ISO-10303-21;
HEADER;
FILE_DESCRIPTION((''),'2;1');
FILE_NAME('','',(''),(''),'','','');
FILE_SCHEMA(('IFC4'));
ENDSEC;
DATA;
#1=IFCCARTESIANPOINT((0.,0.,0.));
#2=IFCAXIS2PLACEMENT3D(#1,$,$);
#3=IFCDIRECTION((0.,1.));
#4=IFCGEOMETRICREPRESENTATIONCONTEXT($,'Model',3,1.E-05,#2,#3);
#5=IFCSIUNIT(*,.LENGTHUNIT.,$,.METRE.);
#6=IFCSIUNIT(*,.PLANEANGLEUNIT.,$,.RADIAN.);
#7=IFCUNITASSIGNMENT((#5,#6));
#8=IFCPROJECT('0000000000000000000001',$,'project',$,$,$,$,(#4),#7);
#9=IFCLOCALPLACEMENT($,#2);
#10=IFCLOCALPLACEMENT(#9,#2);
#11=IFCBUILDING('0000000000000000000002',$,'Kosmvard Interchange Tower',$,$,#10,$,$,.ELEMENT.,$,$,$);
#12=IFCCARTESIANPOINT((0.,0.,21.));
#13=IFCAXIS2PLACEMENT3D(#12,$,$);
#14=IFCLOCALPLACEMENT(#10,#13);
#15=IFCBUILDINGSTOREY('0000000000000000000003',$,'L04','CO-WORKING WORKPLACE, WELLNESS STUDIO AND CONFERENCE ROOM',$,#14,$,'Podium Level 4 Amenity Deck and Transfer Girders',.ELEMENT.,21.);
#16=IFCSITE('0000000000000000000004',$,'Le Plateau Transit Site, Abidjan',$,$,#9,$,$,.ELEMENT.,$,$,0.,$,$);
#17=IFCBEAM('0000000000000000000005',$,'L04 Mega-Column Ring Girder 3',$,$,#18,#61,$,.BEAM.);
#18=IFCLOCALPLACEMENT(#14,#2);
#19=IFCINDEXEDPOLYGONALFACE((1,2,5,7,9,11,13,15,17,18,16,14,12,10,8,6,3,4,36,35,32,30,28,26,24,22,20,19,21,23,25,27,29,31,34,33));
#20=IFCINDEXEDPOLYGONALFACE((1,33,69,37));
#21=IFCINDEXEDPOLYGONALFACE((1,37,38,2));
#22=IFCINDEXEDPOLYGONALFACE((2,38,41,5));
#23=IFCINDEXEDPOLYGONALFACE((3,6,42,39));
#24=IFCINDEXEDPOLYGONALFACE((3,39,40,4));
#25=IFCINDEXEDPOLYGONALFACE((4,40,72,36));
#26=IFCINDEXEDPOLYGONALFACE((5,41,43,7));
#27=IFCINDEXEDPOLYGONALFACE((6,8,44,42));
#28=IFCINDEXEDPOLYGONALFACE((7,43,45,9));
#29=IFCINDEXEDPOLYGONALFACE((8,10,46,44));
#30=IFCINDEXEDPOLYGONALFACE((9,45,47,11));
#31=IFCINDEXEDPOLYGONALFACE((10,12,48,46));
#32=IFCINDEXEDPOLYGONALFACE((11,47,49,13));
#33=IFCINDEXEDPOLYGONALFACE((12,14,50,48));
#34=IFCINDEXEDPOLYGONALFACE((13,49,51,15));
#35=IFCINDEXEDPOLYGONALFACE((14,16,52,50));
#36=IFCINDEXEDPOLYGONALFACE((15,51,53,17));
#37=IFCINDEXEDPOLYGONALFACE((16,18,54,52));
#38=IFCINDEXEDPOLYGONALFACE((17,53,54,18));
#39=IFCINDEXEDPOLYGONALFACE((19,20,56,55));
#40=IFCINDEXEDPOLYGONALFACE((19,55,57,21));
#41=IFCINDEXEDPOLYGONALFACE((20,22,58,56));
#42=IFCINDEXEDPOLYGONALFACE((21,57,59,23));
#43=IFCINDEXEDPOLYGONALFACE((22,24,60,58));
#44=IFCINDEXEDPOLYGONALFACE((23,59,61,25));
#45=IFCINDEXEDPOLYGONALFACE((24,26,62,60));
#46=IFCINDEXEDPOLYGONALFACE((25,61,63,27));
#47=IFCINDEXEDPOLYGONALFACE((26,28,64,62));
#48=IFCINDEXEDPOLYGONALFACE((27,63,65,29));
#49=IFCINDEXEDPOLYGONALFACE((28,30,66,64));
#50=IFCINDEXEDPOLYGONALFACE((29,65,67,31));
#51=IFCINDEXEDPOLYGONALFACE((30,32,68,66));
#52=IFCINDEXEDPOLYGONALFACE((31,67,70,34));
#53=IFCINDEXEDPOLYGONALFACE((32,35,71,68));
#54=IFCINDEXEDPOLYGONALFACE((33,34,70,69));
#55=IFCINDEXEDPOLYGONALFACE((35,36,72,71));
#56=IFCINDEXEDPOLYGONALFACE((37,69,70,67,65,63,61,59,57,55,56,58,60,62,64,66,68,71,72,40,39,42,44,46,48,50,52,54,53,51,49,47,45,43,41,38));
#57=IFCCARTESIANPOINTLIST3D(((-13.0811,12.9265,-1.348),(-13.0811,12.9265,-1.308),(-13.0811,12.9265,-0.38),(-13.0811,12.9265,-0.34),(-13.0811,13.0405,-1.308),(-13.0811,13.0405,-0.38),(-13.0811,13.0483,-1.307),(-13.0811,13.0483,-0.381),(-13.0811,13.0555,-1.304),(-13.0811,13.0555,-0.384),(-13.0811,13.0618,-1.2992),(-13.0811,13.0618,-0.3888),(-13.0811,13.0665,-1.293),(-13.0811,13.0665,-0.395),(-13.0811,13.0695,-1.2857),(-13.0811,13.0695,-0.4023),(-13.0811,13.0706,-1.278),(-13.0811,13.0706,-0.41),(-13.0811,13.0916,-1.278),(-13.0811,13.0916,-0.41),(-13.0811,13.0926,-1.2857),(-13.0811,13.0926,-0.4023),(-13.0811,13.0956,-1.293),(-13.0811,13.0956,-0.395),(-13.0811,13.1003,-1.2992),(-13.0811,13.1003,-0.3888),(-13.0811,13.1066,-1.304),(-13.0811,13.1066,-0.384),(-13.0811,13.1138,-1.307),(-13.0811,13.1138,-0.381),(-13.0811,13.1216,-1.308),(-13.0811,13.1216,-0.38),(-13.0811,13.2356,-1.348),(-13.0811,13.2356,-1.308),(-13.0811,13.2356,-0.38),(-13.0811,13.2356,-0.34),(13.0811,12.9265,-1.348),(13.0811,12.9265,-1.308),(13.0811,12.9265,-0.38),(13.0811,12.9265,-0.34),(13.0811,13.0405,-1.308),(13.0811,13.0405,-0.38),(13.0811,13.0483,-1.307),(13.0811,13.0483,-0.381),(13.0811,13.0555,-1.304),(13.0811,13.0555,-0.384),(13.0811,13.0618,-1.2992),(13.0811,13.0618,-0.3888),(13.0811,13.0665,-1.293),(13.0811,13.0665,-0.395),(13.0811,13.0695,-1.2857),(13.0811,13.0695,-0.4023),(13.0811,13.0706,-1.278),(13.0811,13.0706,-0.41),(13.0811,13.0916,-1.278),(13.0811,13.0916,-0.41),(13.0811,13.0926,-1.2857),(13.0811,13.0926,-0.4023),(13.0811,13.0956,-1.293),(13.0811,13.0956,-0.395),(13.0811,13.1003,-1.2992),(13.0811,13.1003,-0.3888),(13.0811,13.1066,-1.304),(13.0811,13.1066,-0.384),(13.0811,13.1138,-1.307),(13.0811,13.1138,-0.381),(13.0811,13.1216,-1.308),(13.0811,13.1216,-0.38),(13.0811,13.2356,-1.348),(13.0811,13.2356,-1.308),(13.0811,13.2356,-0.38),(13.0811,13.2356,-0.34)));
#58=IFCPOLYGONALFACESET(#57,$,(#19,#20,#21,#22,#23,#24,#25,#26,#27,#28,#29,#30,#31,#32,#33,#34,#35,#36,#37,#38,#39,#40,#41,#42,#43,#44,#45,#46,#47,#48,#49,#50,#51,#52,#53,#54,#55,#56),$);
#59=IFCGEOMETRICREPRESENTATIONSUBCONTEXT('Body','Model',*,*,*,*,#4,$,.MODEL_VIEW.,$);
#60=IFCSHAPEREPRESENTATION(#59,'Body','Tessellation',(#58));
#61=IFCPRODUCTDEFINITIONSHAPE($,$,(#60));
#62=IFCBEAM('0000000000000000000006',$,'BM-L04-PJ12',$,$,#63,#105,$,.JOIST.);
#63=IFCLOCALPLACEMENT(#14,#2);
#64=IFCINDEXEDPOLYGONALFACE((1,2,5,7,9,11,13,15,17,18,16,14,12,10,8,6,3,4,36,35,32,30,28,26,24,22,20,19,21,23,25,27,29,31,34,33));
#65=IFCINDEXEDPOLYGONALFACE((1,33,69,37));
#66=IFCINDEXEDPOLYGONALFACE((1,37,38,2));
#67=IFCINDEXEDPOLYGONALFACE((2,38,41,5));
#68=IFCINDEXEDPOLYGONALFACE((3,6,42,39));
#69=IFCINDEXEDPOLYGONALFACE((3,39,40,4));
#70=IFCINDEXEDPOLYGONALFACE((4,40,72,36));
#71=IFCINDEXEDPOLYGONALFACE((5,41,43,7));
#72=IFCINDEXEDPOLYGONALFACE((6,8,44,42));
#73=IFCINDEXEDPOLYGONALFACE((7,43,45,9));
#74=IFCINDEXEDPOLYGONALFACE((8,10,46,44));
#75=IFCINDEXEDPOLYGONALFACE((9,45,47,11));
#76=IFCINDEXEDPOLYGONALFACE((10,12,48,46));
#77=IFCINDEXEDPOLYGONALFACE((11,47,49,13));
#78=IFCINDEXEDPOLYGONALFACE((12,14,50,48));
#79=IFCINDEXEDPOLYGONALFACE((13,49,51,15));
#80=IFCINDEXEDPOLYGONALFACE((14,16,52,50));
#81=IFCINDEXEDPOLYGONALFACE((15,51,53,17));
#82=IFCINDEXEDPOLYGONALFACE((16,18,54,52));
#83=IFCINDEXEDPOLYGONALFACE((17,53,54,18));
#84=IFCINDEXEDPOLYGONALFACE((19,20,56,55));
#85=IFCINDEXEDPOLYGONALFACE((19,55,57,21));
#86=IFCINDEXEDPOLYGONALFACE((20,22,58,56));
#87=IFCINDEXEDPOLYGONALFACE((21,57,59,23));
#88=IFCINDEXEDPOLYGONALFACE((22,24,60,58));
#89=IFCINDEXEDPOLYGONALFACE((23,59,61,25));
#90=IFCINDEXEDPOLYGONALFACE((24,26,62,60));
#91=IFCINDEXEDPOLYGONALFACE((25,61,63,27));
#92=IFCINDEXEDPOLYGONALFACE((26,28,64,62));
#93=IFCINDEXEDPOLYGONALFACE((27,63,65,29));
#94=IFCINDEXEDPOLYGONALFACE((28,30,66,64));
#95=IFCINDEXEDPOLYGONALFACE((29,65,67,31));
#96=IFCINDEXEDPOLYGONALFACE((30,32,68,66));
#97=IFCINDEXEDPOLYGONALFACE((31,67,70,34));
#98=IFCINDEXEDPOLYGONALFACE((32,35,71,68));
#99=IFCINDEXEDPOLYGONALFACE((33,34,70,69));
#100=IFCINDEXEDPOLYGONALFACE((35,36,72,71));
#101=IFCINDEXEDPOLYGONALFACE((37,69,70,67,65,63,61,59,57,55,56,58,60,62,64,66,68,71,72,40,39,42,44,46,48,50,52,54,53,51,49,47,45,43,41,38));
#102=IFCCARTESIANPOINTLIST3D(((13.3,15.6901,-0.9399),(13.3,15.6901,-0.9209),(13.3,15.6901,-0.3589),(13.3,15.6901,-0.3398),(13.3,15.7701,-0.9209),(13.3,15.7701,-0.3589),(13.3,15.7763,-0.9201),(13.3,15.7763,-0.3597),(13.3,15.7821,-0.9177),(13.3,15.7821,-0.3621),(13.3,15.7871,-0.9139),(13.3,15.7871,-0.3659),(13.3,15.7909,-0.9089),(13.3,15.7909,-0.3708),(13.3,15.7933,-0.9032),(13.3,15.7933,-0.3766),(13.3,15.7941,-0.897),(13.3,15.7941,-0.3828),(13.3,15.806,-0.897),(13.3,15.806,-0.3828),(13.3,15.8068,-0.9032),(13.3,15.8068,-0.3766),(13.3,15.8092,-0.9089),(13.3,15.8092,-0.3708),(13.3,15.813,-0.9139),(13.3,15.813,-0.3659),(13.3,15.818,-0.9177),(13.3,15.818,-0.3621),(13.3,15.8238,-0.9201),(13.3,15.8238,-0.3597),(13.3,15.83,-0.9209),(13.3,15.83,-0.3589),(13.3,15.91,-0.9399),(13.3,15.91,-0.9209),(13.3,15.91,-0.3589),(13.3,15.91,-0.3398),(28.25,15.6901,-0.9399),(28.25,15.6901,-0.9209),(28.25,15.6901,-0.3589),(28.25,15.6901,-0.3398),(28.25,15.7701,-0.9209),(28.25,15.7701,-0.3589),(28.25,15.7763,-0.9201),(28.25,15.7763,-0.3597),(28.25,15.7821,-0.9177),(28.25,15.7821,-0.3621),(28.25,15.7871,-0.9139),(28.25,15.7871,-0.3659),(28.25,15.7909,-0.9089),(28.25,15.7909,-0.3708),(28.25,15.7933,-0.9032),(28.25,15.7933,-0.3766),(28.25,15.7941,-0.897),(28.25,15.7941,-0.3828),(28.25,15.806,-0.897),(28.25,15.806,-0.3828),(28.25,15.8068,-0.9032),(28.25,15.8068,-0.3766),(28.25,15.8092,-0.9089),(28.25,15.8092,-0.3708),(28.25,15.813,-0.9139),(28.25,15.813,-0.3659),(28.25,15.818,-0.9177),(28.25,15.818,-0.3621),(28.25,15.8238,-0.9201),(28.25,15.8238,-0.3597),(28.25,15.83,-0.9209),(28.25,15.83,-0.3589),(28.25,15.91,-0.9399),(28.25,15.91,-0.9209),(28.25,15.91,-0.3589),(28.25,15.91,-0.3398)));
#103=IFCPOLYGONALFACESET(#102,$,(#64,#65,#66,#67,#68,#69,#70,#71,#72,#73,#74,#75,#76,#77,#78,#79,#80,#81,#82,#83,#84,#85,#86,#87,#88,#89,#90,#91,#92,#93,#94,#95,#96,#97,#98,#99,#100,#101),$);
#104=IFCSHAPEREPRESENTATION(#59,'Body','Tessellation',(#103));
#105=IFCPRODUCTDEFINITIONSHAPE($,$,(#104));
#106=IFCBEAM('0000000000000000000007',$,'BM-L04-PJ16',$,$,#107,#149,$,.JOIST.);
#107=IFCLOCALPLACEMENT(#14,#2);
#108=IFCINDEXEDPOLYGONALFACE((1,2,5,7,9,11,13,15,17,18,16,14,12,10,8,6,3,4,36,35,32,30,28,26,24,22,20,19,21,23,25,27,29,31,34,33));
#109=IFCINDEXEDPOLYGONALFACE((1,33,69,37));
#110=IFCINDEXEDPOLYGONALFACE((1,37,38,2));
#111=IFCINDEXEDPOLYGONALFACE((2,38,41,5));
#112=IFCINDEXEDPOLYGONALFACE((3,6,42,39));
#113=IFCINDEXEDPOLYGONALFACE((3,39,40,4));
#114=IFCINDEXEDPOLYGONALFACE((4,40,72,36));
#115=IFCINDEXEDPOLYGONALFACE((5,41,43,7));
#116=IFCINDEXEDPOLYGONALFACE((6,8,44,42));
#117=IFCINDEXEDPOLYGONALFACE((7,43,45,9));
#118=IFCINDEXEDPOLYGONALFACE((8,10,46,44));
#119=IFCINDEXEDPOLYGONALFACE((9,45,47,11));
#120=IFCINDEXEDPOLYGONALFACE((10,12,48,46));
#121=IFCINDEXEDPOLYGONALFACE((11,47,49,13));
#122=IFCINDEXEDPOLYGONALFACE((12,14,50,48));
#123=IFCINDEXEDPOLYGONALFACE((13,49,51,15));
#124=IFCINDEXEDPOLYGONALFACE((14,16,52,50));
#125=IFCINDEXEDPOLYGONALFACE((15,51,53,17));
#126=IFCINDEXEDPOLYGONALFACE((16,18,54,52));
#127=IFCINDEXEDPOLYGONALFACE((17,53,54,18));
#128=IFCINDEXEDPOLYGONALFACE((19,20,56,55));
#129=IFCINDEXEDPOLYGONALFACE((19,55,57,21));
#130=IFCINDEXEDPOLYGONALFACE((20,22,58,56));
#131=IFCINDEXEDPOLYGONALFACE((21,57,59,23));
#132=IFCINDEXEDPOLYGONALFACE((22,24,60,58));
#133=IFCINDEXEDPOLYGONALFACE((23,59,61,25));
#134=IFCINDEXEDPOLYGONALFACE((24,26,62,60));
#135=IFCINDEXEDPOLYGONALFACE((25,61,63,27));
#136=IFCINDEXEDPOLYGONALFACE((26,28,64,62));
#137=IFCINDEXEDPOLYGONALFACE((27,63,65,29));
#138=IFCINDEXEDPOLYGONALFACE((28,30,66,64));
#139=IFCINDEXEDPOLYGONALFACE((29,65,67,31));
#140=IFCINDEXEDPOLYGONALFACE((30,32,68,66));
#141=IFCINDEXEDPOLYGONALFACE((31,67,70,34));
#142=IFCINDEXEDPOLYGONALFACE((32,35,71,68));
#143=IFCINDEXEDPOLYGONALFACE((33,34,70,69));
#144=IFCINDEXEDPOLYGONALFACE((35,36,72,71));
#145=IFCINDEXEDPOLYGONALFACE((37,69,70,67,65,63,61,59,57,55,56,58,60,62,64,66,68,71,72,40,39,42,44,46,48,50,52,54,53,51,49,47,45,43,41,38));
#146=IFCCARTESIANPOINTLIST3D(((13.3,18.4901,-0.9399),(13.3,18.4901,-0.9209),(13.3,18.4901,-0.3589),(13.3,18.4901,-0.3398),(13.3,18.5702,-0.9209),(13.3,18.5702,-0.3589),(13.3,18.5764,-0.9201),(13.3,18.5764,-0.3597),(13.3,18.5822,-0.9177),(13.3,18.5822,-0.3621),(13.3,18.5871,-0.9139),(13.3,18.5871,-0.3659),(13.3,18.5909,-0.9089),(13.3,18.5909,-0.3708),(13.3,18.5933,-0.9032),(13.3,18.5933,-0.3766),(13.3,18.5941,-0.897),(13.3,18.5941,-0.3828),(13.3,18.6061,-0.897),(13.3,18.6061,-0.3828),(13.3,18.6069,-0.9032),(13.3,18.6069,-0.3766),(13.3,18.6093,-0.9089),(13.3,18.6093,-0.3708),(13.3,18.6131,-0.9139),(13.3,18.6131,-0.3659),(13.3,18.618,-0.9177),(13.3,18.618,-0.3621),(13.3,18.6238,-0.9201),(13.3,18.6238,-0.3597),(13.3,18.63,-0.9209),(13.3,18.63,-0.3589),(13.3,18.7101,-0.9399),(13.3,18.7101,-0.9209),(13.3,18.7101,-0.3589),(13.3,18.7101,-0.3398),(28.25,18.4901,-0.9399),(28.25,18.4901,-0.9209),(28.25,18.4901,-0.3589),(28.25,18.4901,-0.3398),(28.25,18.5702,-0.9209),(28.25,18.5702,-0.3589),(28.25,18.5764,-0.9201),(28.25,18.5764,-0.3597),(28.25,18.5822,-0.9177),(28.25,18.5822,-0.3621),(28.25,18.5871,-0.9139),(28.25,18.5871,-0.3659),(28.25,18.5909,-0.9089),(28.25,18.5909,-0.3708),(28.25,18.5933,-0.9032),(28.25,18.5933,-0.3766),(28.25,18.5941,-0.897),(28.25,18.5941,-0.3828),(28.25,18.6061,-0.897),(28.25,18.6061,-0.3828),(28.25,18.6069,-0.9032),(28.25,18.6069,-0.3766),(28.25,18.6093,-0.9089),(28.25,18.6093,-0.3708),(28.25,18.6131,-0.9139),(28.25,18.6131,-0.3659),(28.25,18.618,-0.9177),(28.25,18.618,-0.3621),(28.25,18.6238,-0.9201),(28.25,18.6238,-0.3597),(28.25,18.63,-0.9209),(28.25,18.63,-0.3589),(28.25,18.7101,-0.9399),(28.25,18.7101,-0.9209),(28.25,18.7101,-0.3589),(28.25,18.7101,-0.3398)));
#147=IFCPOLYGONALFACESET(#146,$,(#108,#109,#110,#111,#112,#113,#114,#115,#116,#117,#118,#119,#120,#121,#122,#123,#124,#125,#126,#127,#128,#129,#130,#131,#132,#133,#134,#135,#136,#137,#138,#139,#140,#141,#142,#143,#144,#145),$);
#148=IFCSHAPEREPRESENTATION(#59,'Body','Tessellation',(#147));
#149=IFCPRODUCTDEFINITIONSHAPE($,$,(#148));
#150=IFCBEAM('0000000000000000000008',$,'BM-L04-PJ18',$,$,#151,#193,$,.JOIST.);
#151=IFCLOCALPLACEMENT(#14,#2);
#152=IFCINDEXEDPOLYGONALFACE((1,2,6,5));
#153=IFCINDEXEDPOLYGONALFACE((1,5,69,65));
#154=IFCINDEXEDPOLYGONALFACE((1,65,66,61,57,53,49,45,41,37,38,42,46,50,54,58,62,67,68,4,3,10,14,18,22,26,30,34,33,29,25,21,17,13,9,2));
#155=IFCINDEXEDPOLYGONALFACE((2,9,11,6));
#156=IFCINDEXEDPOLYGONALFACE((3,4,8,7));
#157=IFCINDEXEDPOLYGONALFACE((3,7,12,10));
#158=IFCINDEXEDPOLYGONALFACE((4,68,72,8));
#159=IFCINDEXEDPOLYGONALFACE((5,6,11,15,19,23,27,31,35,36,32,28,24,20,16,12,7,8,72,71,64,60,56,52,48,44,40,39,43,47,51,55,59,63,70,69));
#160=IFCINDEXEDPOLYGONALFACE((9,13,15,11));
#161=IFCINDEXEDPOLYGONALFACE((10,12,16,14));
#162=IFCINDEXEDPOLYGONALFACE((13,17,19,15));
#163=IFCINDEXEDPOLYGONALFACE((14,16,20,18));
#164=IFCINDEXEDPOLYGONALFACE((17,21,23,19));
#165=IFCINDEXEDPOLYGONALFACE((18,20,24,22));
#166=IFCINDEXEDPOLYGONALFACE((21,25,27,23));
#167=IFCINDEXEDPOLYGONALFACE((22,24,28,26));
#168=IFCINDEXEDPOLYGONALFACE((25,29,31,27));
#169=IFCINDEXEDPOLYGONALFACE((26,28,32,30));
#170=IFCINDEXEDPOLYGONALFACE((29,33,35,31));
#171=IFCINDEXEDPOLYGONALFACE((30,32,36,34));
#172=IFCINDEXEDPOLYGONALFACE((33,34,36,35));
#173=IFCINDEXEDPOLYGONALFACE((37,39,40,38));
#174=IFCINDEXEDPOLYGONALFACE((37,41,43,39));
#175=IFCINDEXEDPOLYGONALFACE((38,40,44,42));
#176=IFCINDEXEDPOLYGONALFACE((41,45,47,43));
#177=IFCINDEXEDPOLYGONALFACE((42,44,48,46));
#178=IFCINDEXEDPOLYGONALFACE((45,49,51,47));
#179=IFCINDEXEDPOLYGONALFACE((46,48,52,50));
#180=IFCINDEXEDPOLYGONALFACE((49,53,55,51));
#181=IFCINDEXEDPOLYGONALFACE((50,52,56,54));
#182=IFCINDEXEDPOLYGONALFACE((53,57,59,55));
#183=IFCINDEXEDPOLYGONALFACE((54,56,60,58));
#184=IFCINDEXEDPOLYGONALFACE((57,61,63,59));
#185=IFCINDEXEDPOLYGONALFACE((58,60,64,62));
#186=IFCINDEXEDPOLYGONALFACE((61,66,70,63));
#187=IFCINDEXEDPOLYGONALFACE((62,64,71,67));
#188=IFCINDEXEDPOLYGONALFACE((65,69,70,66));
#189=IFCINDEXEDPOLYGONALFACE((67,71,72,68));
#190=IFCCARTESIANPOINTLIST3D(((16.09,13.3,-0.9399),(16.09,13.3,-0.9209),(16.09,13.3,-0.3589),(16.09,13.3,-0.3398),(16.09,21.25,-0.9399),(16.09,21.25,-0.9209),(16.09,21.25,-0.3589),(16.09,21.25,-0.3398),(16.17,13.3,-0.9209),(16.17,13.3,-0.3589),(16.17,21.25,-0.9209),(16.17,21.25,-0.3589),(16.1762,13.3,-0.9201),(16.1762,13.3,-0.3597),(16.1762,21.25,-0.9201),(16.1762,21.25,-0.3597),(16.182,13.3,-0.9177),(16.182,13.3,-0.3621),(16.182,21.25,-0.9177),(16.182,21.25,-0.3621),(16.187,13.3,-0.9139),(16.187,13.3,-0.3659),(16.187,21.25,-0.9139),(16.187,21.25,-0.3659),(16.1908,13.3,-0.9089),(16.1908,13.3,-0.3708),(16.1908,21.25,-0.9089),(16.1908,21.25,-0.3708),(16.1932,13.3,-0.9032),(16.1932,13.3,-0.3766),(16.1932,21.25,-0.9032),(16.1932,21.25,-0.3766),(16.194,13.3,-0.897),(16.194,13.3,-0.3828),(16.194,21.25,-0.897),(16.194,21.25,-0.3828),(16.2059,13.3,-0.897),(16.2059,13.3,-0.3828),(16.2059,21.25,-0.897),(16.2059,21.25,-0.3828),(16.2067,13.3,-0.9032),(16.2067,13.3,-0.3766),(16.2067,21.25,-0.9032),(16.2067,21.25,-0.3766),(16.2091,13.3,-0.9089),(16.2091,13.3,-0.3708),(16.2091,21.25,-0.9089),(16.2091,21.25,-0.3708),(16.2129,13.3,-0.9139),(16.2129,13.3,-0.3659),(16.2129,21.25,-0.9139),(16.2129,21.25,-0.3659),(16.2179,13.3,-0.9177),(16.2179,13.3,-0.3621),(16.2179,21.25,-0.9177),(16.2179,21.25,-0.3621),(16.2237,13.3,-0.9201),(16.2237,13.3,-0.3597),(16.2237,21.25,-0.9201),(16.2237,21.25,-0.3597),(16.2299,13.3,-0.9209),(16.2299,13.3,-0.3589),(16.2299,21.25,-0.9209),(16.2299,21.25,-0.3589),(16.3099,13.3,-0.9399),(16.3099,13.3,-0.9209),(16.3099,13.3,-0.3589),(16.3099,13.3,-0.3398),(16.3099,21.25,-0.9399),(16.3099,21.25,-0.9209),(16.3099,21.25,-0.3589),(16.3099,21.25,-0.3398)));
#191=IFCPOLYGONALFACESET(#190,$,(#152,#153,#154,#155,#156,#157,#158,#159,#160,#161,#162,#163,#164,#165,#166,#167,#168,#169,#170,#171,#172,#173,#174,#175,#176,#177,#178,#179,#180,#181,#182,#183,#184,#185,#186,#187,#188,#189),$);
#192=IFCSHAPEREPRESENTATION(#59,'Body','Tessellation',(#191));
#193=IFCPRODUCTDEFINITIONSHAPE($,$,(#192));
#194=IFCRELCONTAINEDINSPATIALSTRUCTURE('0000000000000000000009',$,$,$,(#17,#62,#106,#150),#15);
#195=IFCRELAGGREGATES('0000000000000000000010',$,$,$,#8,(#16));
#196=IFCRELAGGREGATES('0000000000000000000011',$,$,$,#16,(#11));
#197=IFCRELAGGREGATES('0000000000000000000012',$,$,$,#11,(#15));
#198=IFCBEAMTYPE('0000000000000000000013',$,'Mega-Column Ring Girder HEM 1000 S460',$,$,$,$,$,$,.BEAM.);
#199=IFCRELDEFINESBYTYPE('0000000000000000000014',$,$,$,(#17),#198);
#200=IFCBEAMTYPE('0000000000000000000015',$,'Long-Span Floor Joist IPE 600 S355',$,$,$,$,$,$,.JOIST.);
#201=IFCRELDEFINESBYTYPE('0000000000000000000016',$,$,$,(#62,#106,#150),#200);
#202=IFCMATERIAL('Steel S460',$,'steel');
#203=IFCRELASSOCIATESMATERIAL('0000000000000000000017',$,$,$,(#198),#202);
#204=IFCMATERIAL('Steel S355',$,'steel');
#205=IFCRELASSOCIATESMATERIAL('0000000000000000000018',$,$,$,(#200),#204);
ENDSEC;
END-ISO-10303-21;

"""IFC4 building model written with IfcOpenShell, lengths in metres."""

from ifc_helpers import new_model, si_unit, direction, frame, origin, origin_2d, place, context, subcontext, project, spatial, i_section, extrude, source, transform, mapped, material, material_profile, profile_set, type_object, element, save


model = new_model("IFC4")

# Units and contexts
model_context = context("Model", 3, precision=1e-05, world=origin(), true_north=direction((0.0, 1.0)))
body_context = subcontext(model_context, "Body", "Model", "MODEL_VIEW")
ifc_project = project(units=[si_unit("LENGTHUNIT", "METRE"), si_unit("PLANEANGLEUNIT", "RADIAN")], contexts=[model_context])

# Site, building, storey
site_placement = place(None, origin())
site = spatial("IfcSite", under=ifc_project, at=site_placement, Name="Le Plateau Transit Site, Abidjan", CompositionType="ELEMENT", RefElevation=0.0)
building_placement = place(site_placement, origin())
building = spatial("IfcBuilding", under=site, at=building_placement, Name="Kosmvard Interchange Tower", CompositionType="ELEMENT")
storey_placement = place(building_placement, frame((0.0, 0.0, 21.0)))
storey = spatial("IfcBuildingStorey", under=building, at=storey_placement, Name="L04", Description="CO-WORKING WORKPLACE, WELLNESS STUDIO AND CONFERENCE ROOM", LongName="Podium Level 4 Amenity Deck and Transfer Girders", CompositionType="ELEMENT", Elevation=21.0)

# Beams
ifc_material_1 = material(Name="Steel S460", Category="steel")
ifc_material_profile_1 = material_profile(ifc_material_1, i_section(OverallWidth=0.3091, OverallDepth=1.0081, WebThickness=0.021, FlangeThickness=0.04, FilletRadius=0.03, at=origin_2d()), Name="HEM 1000")
ifc_profile_set_1 = profile_set([ifc_material_profile_1], Name="Steel S460")
beam_type_1 = type_object("IfcBeamType", Name="Mega-Column Ring Girder HEM 1000 S460", PredefinedType="BEAM", material=ifc_profile_set_1)
shared_shape_1 = source(origin(), body_context, "Body", "SweptSolid", [
    extrude(i_section(OverallWidth=0.3091, OverallDepth=1.0081, WebThickness=0.021, FlangeThickness=0.04, FilletRadius=0.03, at=origin_2d()), origin(), (0.0, 0.0, 1.0), 26.1621),
])
beam_1_placement = place(storey_placement, frame((13.0811, 13.0811, -0.844), z_axis=(-1.0, 0.0, 0.0), x_axis=(0.0, -1.0, 0.0)))
element("IfcBeam", 1, at=beam_1_placement, inside=storey, type_object=beam_type_1, Name="L04 Mega-Column Ring Girder 3", PredefinedType="BEAM", context=body_context, shape_type="MappedRepresentation", body=[
    mapped(shared_shape_1, transform((0.0, 0.0, 0.0), scale=1.0)),
])
ifc_material_2 = material(Name="Steel S355", Category="steel")
ifc_material_profile_2 = material_profile(ifc_material_2, i_section(OverallWidth=0.22, OverallDepth=0.6001, WebThickness=0.012, FlangeThickness=0.019, FilletRadius=0.0239, at=origin_2d()), Name="IPE 600")
ifc_profile_set_2 = profile_set([ifc_material_profile_2], Name="Steel S355")
beam_type_2 = type_object("IfcBeamType", Name="Long-Span Floor Joist IPE 600 S355", PredefinedType="JOIST", material=ifc_profile_set_2)
shared_shape_2 = source(origin(), body_context, "Body", "SweptSolid", [
    extrude(i_section(OverallWidth=0.22, OverallDepth=0.6001, WebThickness=0.012, FlangeThickness=0.019, FilletRadius=0.0239, at=origin_2d()), origin(), (0.0, 0.0, 1.0), 14.95),
])
for number, where, z_axis, x_axis, name in (
    (2, (13.3, 15.8, -0.6399), (1.0, 0.0, 0.0), (0.0, 1.0, 0.0), "BM-L04-PJ12"),
    (3, (13.3, 18.6001, -0.6399), (1.0, 0.0, 0.0), (0.0, 1.0, 0.0), "BM-L04-PJ16"),
):
    element("IfcBeam", number, at=place(storey_placement, frame(where, z_axis=z_axis, x_axis=x_axis)), inside=storey, type_object=beam_type_2, Name=name, PredefinedType="JOIST", context=body_context, shape_type="MappedRepresentation", body=[
        mapped(shared_shape_2, transform((0.0, 0.0, 0.0), scale=1.0)),
    ])
shared_shape_3 = source(origin(), body_context, "Body", "SweptSolid", [
    extrude(i_section(OverallWidth=0.22, OverallDepth=0.6001, WebThickness=0.012, FlangeThickness=0.019, FilletRadius=0.0239, at=origin_2d()), origin(), (0.0, 0.0, 1.0), 7.95),
])
beam_2_placement = place(storey_placement, frame((16.2, 13.3, -0.6399), z_axis=(0.0, 1.0, 0.0), x_axis=(-1.0, 0.0, 0.0)))
element("IfcBeam", 4, at=beam_2_placement, inside=storey, type_object=beam_type_2, Name="BM-L04-PJ18", PredefinedType="JOIST", context=body_context, shape_type="MappedRepresentation", body=[
    mapped(shared_shape_3, transform((0.0, 0.0, 0.0), scale=1.0)),
])

save(model, "model.ifc")
